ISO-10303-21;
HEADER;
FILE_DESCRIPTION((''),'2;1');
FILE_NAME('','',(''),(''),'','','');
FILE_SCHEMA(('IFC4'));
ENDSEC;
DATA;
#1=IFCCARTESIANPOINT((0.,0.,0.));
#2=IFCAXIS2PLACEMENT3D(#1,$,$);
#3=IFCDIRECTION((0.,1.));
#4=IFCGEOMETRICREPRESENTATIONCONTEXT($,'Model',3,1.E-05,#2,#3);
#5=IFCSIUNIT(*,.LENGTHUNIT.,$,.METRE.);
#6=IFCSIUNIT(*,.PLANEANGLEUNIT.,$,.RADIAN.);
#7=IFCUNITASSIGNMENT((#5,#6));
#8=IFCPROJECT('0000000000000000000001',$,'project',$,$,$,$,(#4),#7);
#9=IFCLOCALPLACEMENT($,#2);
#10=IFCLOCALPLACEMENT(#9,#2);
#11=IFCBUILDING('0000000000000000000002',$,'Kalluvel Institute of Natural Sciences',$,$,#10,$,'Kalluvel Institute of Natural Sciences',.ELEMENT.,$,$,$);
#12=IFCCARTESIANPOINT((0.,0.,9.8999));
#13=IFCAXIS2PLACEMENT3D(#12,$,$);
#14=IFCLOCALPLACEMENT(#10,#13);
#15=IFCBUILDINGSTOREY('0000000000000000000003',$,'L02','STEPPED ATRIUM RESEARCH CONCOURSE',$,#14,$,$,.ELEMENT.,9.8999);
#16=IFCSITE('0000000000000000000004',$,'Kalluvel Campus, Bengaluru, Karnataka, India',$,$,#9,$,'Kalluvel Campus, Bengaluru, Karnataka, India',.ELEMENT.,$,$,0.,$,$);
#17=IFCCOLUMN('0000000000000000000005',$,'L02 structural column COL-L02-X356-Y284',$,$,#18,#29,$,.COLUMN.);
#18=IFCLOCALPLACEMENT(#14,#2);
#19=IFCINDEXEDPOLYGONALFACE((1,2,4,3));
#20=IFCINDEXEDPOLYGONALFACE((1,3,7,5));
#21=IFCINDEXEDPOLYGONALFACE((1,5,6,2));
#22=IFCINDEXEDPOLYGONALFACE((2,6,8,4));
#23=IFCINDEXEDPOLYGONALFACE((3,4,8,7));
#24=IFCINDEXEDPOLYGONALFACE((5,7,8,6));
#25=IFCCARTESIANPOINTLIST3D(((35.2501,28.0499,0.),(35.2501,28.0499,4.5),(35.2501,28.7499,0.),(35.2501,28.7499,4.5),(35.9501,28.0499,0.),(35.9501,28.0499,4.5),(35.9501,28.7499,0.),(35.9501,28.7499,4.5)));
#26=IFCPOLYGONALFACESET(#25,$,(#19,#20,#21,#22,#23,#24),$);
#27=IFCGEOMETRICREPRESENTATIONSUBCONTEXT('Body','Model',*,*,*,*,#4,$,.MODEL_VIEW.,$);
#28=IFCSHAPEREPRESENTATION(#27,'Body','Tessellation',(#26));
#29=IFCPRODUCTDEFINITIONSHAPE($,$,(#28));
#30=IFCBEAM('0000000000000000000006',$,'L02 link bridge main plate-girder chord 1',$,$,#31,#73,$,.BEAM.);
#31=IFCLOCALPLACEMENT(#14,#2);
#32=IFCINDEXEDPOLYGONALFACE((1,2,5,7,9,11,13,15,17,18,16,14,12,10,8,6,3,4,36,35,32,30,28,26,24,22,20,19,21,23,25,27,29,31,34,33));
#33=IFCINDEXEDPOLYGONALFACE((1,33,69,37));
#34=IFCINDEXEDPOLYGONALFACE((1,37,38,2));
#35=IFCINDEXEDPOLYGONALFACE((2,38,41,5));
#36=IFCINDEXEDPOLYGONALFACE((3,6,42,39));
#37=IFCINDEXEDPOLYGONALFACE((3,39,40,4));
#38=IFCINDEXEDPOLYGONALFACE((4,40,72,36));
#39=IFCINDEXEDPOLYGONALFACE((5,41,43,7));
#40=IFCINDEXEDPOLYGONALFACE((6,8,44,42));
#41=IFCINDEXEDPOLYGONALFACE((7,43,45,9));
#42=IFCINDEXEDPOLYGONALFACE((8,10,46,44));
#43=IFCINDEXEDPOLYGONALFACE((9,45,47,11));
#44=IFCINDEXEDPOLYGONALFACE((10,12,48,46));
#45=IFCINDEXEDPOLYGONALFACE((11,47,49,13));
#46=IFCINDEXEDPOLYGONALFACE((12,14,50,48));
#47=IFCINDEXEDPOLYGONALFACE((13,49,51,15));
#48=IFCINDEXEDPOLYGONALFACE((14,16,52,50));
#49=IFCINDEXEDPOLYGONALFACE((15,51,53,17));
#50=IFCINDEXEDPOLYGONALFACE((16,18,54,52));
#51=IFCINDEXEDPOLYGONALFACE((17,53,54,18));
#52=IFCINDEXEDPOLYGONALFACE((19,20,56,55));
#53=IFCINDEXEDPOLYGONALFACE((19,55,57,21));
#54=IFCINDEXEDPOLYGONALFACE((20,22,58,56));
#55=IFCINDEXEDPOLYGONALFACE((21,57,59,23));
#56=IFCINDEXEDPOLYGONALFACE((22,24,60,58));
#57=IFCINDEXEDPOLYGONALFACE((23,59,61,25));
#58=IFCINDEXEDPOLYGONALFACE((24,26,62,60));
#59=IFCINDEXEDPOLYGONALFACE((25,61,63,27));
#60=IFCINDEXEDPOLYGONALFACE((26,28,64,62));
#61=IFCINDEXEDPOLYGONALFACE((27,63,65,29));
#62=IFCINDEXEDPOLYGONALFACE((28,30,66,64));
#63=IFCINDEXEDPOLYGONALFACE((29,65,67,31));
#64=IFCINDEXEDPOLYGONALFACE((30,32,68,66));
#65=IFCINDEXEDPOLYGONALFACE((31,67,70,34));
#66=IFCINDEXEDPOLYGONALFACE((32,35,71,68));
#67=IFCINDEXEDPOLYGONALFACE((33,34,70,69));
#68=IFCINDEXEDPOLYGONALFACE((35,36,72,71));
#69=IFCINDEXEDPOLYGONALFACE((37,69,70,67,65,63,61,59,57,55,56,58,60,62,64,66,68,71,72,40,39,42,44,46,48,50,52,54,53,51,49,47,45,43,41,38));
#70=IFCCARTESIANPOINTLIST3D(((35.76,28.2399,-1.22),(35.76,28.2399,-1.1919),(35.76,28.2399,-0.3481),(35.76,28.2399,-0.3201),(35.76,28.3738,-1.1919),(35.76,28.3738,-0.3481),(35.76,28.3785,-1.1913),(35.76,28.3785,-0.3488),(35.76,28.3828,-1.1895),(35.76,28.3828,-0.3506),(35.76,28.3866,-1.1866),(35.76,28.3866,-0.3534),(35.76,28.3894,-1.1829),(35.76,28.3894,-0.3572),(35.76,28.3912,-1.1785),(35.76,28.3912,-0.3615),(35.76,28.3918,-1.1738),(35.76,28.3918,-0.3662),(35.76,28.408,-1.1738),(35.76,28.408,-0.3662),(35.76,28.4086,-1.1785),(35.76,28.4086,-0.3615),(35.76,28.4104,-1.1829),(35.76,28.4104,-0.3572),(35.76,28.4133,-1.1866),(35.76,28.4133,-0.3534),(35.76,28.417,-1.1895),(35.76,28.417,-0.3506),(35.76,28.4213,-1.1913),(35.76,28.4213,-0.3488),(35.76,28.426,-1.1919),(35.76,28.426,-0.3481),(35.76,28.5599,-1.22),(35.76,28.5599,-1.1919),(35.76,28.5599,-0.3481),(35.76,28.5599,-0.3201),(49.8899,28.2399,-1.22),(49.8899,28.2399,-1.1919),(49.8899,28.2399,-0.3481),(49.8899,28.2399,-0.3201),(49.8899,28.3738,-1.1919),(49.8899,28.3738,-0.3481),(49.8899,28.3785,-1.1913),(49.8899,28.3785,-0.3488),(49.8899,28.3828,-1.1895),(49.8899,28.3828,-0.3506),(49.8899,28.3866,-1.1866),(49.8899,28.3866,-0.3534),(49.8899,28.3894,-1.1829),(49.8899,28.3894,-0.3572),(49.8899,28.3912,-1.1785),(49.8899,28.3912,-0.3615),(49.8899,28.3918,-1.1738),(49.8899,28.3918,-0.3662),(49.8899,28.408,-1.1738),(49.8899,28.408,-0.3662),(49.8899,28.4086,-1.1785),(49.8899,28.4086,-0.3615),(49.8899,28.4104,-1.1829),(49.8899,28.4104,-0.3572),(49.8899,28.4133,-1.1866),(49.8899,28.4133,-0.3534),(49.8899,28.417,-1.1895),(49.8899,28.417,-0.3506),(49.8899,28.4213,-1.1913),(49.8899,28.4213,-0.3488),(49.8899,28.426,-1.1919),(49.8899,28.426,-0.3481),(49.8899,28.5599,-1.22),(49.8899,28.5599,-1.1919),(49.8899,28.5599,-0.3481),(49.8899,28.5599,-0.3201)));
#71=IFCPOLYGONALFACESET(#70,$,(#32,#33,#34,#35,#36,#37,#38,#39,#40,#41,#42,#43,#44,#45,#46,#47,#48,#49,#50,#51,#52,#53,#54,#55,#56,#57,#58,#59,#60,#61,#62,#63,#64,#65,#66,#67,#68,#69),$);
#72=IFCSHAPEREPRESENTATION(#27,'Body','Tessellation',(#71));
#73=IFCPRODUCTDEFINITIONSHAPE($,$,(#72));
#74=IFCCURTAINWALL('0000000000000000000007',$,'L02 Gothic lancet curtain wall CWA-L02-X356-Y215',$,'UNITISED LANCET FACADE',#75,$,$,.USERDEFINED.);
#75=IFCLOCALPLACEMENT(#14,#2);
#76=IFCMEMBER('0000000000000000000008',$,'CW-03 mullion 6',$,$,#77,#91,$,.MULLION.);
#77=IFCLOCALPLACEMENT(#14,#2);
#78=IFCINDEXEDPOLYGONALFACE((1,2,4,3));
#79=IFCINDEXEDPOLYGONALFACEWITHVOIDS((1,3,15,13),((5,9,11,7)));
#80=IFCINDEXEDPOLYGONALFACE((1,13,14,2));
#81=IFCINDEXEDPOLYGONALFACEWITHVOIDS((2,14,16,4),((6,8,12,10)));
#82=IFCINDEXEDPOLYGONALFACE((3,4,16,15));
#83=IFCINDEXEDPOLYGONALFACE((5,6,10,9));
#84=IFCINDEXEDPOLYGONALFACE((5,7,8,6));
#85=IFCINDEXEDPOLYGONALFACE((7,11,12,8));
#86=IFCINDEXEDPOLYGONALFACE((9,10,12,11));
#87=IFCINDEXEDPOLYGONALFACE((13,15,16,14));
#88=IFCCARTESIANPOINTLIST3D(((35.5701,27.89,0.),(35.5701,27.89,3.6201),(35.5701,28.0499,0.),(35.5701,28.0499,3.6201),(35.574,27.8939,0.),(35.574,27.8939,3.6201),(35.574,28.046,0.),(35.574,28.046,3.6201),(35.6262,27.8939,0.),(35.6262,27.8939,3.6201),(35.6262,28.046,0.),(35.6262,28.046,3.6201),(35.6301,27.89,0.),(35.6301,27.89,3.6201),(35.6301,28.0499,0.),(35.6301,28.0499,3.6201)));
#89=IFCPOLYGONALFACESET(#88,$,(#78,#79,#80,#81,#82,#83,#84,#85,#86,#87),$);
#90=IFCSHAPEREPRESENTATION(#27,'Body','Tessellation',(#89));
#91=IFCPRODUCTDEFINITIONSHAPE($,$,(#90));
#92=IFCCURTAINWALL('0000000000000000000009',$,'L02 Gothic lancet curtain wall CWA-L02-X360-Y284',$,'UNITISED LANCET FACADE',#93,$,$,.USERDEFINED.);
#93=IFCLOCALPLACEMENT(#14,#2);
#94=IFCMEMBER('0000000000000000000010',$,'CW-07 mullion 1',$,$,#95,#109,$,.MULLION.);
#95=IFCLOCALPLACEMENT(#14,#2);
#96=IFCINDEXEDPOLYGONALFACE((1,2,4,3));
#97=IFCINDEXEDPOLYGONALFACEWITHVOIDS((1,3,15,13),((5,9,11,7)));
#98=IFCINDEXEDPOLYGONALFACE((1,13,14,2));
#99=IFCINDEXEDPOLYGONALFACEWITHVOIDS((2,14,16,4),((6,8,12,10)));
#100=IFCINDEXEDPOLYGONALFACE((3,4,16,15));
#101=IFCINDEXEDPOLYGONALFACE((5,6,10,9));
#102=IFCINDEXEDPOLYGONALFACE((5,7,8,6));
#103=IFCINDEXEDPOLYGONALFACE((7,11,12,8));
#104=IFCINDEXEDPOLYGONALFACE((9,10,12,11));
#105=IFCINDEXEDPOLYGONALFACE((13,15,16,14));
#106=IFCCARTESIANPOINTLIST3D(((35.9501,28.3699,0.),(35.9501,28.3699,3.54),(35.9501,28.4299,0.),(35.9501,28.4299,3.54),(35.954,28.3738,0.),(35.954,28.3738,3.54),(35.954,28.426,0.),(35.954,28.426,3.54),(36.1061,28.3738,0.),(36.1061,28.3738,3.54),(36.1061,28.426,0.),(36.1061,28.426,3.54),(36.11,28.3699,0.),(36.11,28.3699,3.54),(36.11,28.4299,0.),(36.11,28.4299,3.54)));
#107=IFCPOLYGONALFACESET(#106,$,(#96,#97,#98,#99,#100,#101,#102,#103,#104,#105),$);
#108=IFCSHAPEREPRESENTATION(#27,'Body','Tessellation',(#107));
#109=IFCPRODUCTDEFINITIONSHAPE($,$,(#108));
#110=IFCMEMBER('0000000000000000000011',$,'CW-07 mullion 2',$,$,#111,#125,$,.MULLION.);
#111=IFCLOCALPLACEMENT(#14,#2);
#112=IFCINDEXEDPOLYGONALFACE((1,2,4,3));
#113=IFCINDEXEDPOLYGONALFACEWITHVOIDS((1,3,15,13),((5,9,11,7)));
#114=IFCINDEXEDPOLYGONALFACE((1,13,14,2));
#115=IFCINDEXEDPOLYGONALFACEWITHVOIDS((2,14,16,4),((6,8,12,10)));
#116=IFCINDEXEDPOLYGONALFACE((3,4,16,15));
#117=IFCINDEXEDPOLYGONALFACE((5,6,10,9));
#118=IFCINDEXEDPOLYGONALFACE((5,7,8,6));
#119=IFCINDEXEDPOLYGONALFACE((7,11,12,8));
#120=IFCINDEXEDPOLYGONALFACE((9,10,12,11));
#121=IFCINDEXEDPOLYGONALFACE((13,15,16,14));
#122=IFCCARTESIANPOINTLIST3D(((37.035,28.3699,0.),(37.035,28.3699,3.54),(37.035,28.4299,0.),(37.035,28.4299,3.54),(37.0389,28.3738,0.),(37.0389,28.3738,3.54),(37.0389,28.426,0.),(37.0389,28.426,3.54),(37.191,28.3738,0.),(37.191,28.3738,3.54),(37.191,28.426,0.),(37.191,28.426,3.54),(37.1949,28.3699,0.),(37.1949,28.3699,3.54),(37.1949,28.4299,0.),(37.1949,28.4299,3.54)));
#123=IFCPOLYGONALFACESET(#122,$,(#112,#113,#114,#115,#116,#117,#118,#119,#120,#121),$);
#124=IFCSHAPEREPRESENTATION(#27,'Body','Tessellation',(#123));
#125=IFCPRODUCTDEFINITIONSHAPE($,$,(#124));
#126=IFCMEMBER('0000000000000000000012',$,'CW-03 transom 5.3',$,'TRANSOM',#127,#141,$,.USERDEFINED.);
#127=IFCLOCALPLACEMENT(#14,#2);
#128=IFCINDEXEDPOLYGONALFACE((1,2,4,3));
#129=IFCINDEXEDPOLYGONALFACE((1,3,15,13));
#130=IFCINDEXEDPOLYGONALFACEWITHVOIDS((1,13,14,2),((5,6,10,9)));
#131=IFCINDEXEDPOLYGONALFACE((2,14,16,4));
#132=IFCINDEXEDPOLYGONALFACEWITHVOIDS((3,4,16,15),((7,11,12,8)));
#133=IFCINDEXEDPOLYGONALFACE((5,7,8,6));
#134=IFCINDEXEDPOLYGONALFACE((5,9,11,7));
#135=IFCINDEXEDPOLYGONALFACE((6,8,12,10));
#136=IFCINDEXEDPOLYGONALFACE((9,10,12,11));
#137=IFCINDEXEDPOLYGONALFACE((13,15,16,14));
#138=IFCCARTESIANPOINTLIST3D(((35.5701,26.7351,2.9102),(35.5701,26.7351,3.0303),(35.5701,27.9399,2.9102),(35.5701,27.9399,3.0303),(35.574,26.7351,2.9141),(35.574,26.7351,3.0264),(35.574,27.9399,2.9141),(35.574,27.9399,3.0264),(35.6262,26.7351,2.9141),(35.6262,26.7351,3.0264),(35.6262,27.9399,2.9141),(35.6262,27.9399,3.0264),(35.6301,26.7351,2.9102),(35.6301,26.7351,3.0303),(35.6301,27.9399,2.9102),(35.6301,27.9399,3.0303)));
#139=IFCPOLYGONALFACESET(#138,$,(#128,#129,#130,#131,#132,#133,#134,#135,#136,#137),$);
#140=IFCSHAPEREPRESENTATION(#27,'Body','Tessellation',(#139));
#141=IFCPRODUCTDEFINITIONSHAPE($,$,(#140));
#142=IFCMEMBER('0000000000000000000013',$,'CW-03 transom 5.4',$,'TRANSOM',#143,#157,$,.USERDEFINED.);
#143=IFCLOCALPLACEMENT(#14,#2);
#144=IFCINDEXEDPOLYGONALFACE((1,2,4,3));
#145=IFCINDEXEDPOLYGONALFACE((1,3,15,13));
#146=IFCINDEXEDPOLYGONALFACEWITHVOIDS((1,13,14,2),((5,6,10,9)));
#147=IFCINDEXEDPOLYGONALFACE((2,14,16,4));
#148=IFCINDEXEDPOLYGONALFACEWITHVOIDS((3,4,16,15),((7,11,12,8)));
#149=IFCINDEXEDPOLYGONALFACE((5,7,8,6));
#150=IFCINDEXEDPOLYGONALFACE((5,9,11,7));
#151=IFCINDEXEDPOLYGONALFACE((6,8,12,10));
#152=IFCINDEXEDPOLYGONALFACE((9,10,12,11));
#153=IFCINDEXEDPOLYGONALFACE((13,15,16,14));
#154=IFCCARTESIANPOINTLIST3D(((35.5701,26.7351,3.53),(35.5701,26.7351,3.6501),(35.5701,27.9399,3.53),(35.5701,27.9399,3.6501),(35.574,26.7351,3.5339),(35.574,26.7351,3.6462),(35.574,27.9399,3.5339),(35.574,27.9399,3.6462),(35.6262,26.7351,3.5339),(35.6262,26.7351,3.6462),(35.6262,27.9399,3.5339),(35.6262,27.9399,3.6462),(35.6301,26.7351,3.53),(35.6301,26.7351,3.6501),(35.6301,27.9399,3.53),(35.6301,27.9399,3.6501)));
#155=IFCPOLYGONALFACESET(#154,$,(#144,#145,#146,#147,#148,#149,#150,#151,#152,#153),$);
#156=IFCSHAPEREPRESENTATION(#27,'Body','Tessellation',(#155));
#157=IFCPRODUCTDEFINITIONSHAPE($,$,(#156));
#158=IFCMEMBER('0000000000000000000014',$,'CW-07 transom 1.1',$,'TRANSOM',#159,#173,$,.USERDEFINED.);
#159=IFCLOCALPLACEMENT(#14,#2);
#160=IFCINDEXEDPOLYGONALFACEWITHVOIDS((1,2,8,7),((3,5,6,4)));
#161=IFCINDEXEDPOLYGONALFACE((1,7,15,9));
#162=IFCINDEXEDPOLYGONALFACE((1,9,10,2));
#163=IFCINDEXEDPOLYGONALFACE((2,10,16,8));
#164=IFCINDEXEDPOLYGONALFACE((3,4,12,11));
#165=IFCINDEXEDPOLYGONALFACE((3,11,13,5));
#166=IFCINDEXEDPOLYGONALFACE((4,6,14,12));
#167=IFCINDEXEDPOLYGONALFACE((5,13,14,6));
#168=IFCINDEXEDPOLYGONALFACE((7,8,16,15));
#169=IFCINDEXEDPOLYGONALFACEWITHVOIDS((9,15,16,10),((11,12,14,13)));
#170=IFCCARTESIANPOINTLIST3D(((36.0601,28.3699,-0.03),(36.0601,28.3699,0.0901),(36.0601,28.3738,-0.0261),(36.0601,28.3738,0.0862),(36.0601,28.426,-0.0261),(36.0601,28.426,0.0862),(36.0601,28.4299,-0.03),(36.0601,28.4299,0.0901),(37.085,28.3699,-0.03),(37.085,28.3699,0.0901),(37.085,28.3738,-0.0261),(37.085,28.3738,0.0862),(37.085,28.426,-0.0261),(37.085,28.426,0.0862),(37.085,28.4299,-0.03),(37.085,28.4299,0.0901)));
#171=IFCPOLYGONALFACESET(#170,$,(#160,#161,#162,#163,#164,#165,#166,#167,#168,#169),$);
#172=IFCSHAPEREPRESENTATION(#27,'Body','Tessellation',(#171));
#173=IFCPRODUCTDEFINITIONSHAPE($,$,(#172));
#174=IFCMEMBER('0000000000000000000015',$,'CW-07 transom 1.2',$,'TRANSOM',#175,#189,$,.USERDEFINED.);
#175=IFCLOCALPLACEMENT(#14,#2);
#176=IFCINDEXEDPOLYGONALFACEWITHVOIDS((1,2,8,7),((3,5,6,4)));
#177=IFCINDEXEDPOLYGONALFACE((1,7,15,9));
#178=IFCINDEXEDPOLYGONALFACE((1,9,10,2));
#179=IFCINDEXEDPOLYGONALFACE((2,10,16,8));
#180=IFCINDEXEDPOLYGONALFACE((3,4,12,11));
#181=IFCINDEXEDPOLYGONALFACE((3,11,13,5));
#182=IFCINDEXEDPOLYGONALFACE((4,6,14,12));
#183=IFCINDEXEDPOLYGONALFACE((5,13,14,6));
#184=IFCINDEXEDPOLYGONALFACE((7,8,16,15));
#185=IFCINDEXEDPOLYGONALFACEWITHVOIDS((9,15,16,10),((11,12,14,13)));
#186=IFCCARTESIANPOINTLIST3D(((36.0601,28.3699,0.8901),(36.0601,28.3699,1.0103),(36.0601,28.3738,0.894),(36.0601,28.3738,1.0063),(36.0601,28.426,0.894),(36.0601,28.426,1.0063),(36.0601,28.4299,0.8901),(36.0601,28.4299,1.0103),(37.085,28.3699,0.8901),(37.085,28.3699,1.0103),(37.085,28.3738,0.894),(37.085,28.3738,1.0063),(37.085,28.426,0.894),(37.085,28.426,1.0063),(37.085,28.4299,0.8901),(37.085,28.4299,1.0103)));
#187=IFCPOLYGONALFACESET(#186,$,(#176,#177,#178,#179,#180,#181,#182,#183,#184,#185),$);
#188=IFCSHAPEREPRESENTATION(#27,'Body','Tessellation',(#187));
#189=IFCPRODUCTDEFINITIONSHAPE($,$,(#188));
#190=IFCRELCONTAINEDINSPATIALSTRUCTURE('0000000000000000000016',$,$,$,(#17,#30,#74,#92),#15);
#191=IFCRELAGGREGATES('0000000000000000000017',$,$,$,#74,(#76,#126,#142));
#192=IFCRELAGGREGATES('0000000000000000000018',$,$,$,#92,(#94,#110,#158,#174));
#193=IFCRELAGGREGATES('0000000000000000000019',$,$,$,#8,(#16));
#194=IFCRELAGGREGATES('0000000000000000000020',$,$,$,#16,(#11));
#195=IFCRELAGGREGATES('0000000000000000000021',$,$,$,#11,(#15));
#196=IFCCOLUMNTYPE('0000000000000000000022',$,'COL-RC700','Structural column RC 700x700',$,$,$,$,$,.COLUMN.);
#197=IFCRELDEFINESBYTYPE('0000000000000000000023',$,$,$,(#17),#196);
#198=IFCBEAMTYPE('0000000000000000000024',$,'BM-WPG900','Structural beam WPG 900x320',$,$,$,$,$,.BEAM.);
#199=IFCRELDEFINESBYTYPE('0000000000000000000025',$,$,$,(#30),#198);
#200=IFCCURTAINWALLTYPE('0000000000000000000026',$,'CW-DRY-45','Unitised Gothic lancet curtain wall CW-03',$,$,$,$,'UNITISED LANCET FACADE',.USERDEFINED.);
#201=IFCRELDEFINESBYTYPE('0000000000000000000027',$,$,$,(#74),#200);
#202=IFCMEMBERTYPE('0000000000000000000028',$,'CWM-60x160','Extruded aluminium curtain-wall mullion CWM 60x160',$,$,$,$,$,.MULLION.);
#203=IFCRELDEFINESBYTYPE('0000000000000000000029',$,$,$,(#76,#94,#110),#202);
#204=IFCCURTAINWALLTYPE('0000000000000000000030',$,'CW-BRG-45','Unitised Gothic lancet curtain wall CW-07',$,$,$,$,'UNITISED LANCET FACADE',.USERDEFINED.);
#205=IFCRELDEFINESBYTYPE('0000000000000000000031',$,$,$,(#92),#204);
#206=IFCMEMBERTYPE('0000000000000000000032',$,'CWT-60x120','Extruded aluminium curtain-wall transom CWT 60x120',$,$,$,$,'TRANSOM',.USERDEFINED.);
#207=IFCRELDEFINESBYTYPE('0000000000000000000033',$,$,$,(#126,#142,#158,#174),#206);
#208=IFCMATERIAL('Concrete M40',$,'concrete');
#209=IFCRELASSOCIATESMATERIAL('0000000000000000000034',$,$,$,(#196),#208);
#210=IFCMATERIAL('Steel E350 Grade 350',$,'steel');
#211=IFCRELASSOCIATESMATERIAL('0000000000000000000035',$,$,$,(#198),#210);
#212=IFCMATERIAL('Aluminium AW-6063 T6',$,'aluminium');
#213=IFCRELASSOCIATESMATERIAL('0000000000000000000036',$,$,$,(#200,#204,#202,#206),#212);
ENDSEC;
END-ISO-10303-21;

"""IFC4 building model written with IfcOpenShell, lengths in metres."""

from ifc_helpers import new_model, si_unit, direction, frame, origin, origin_2d, place, context, subcontext, project, spatial, rectangle, hollow_rectangle, i_section, extrude, material, material_profile, profile_set, type_object, element, aggregate, save


model = new_model("IFC4")

# Units and contexts
model_context = context("Model", 3, precision=1e-05, world=origin(), true_north=direction((0.0, 1.0)))
body_context = subcontext(model_context, "Body", "Model", "MODEL_VIEW")
ifc_project = project(units=[si_unit("LENGTHUNIT", "METRE"), si_unit("PLANEANGLEUNIT", "RADIAN")], contexts=[model_context])

# Site, building, storey
site_placement = place(None, origin())
site = spatial("IfcSite", under=ifc_project, at=site_placement, Name="Kalluvel Campus, Bengaluru, Karnataka, India", LongName="Kalluvel Campus, Bengaluru, Karnataka, India", CompositionType="ELEMENT", RefElevation=0.0)
building_placement = place(site_placement, origin())
building = spatial("IfcBuilding", under=site, at=building_placement, Name="Kalluvel Institute of Natural Sciences", LongName="Kalluvel Institute of Natural Sciences", CompositionType="ELEMENT")
storey_placement = place(building_placement, frame((0.0, 0.0, 9.8999)))
storey = spatial("IfcBuildingStorey", under=building, at=storey_placement, Name="L02", Description="STEPPED ATRIUM RESEARCH CONCOURSE", CompositionType="ELEMENT", Elevation=9.8999)

# Column
ifc_material_1 = material(Name="Concrete M40", Category="concrete")
ifc_material_profile_1 = material_profile(ifc_material_1, rectangle(XDim=0.7, YDim=0.7, at=origin_2d()), Name="RC 700x700")
ifc_profile_set_1 = profile_set([ifc_material_profile_1], Name="Concrete M40")
column_type = type_object("IfcColumnType", Name="COL-RC700", Description="Structural column RC 700x700", PredefinedType="COLUMN", material=ifc_profile_set_1)
column_placement = place(storey_placement, frame((35.6001, 28.3999, 0.0), z_axis=(0.0, 0.0, 1.0), x_axis=(1.0, 0.0, 0.0)))
element("IfcColumn", 1, at=column_placement, inside=storey, type_object=column_type, Name="L02 structural column COL-L02-X356-Y284", PredefinedType="COLUMN", context=body_context, shape_type="SweptSolid", body=[
    extrude(rectangle(XDim=0.7, YDim=0.7, at=origin_2d()), origin(), (0.0, 0.0, 1.0), 4.5),
])

# Beam
ifc_material_2 = material(Name="Steel E350 Grade 350", Category="steel")
ifc_material_profile_2 = material_profile(ifc_material_2, i_section(OverallWidth=0.3201, OverallDepth=0.8999, WebThickness=0.0161, FlangeThickness=0.0281, FilletRadius=0.0181, at=origin_2d()), Name="WPG 900x320")
ifc_profile_set_2 = profile_set([ifc_material_profile_2], Name="Steel E350 Grade 350")
beam_type = type_object("IfcBeamType", Name="BM-WPG900", Description="Structural beam WPG 900x320", PredefinedType="BEAM", material=ifc_profile_set_2)
beam_placement = place(storey_placement, frame((35.76, 28.3999, -0.77), z_axis=(1.0, 0.0, 0.0), x_axis=(0.0, 1.0, 0.0)))
element("IfcBeam", 2, at=beam_placement, inside=storey, type_object=beam_type, Name="L02 link bridge main plate-girder chord 1", PredefinedType="BEAM", context=body_context, shape_type="SweptSolid", body=[
    extrude(i_section(OverallWidth=0.3201, OverallDepth=0.8999, WebThickness=0.0161, FlangeThickness=0.0281, FilletRadius=0.0181, at=origin_2d()), origin(), (0.0, 0.0, 1.0), 14.1299),
])

# Curtain wall, member
ifc_material_3 = material(Name="Aluminium AW-6063 T6", Category="aluminium")
curtain_wall_type_1 = type_object("IfcCurtainWallType", Name="CW-DRY-45", Description="Unitised Gothic lancet curtain wall CW-03", ElementType="UNITISED LANCET FACADE", PredefinedType="USERDEFINED", material=ifc_material_3)
curtain_wall_1_placement = place(storey_placement, origin())
curtain_wall_1 = element("IfcCurtainWall", 3, at=curtain_wall_1_placement, inside=storey, type_object=curtain_wall_type_1, Name="L02 Gothic lancet curtain wall CWA-L02-X356-Y215", ObjectType="UNITISED LANCET FACADE", PredefinedType="USERDEFINED")
ifc_material_profile_3 = material_profile(ifc_material_3, hollow_rectangle(XDim=0.0601, YDim=0.1599, WallThickness=0.0039, at=origin_2d()), Name="CWM 60x160")
ifc_profile_set_3 = profile_set([ifc_material_profile_3], Name="Aluminium AW-6063 T6")
member_type_1 = type_object("IfcMemberType", Name="CWM-60x160", Description="Extruded aluminium curtain-wall mullion CWM 60x160", PredefinedType="MULLION", material=ifc_profile_set_3)
member_1_placement = place(storey_placement, frame((35.6001, 27.97, 0.0), z_axis=(0.0, 0.0, 1.0), x_axis=(-1.0, 0.0, 0.0)))
member_1 = element("IfcMember", 4, at=member_1_placement, type_object=member_type_1, Name="CW-03 mullion 6", PredefinedType="MULLION", context=body_context, shape_type="SweptSolid", body=[
    extrude(hollow_rectangle(XDim=0.0601, YDim=0.1599, WallThickness=0.0039, at=origin_2d()), origin(), (0.0, 0.0, 1.0), 3.6201),
])

# Curtain wall, members
curtain_wall_type_2 = type_object("IfcCurtainWallType", Name="CW-BRG-45", Description="Unitised Gothic lancet curtain wall CW-07", ElementType="UNITISED LANCET FACADE", PredefinedType="USERDEFINED", material=ifc_material_3)
curtain_wall_2_placement = place(storey_placement, origin())
curtain_wall_2 = element("IfcCurtainWall", 5, at=curtain_wall_2_placement, inside=storey, type_object=curtain_wall_type_2, Name="L02 Gothic lancet curtain wall CWA-L02-X360-Y284", ObjectType="UNITISED LANCET FACADE", PredefinedType="USERDEFINED")
member_2_placement = place(storey_placement, frame((36.03, 28.3999, 0.0), z_axis=(0.0, 0.0, 1.0), x_axis=(0.0, 1.0, 0.0)))
member_2 = element("IfcMember", 6, at=member_2_placement, type_object=member_type_1, Name="CW-07 mullion 1", PredefinedType="MULLION", context=body_context, shape_type="SweptSolid", body=[
    extrude(hollow_rectangle(XDim=0.0601, YDim=0.1599, WallThickness=0.0039, at=origin_2d()), origin(), (0.0, 0.0, 1.0), 3.54),
])
member_3_placement = place(storey_placement, frame((37.115, 28.3999, 0.0), z_axis=(0.0, 0.0, 1.0), x_axis=(0.0, 1.0, 0.0)))
member_3 = element("IfcMember", 7, at=member_3_placement, type_object=member_type_1, Name="CW-07 mullion 2", PredefinedType="MULLION", context=body_context, shape_type="SweptSolid", body=[
    extrude(hollow_rectangle(XDim=0.0601, YDim=0.1599, WallThickness=0.0039, at=origin_2d()), origin(), (0.0, 0.0, 1.0), 3.54),
])

# Members
ifc_material_profile_4 = material_profile(ifc_material_3, hollow_rectangle(XDim=0.0601, YDim=0.1201, WallThickness=0.0039, at=origin_2d()), Name="CWT 60x120")
ifc_profile_set_4 = profile_set([ifc_material_profile_4], Name="Aluminium AW-6063 T6")
member_type_2 = type_object("IfcMemberType", Name="CWT-60x120", Description="Extruded aluminium curtain-wall transom CWT 60x120", ElementType="TRANSOM", PredefinedType="USERDEFINED", material=ifc_profile_set_4)
member_4_placement = place(storey_placement, frame((35.6001, 26.7351, 2.9702), z_axis=(0.0, 1.0, 0.0), x_axis=(-1.0, 0.0, 0.0)))
member_4 = element("IfcMember", 8, at=member_4_placement, type_object=member_type_2, Name="CW-03 transom 5.3", ObjectType="TRANSOM", PredefinedType="USERDEFINED", context=body_context, shape_type="SweptSolid", body=[
    extrude(hollow_rectangle(XDim=0.0601, YDim=0.1201, WallThickness=0.0039, at=origin_2d()), origin(), (0.0, 0.0, 1.0), 1.2048),
])
member_5_placement = place(storey_placement, frame((35.6001, 26.7351, 3.5901), z_axis=(0.0, 1.0, 0.0), x_axis=(-1.0, 0.0, 0.0)))
member_5 = element("IfcMember", 9, at=member_5_placement, type_object=member_type_2, Name="CW-03 transom 5.4", ObjectType="TRANSOM", PredefinedType="USERDEFINED", context=body_context, shape_type="SweptSolid", body=[
    extrude(hollow_rectangle(XDim=0.0601, YDim=0.1201, WallThickness=0.0039, at=origin_2d()), origin(), (0.0, 0.0, 1.0), 1.2048),
])
member_6_placement = place(storey_placement, frame((36.0601, 28.3999, 0.03), z_axis=(1.0, 0.0, 0.0), x_axis=(0.0, 1.0, 0.0)))
member_6 = element("IfcMember", 10, at=member_6_placement, type_object=member_type_2, Name="CW-07 transom 1.1", ObjectType="TRANSOM", PredefinedType="USERDEFINED", context=body_context, shape_type="SweptSolid", body=[
    extrude(hollow_rectangle(XDim=0.0601, YDim=0.1201, WallThickness=0.0039, at=origin_2d()), origin(), (0.0, 0.0, 1.0), 1.0249),
])
member_7_placement = place(storey_placement, frame((36.0601, 28.3999, 0.9502), z_axis=(1.0, 0.0, 0.0), x_axis=(0.0, 1.0, 0.0)))
member_7 = element("IfcMember", 11, at=member_7_placement, type_object=member_type_2, Name="CW-07 transom 1.2", ObjectType="TRANSOM", PredefinedType="USERDEFINED", context=body_context, shape_type="SweptSolid", body=[
    extrude(hollow_rectangle(XDim=0.0601, YDim=0.1201, WallThickness=0.0039, at=origin_2d()), origin(), (0.0, 0.0, 1.0), 1.0249),
])

aggregate(curtain_wall_1, [member_1, member_4, member_5])
aggregate(curtain_wall_2, [member_2, member_3, member_6, member_7])

save(model, "model.ifc")
